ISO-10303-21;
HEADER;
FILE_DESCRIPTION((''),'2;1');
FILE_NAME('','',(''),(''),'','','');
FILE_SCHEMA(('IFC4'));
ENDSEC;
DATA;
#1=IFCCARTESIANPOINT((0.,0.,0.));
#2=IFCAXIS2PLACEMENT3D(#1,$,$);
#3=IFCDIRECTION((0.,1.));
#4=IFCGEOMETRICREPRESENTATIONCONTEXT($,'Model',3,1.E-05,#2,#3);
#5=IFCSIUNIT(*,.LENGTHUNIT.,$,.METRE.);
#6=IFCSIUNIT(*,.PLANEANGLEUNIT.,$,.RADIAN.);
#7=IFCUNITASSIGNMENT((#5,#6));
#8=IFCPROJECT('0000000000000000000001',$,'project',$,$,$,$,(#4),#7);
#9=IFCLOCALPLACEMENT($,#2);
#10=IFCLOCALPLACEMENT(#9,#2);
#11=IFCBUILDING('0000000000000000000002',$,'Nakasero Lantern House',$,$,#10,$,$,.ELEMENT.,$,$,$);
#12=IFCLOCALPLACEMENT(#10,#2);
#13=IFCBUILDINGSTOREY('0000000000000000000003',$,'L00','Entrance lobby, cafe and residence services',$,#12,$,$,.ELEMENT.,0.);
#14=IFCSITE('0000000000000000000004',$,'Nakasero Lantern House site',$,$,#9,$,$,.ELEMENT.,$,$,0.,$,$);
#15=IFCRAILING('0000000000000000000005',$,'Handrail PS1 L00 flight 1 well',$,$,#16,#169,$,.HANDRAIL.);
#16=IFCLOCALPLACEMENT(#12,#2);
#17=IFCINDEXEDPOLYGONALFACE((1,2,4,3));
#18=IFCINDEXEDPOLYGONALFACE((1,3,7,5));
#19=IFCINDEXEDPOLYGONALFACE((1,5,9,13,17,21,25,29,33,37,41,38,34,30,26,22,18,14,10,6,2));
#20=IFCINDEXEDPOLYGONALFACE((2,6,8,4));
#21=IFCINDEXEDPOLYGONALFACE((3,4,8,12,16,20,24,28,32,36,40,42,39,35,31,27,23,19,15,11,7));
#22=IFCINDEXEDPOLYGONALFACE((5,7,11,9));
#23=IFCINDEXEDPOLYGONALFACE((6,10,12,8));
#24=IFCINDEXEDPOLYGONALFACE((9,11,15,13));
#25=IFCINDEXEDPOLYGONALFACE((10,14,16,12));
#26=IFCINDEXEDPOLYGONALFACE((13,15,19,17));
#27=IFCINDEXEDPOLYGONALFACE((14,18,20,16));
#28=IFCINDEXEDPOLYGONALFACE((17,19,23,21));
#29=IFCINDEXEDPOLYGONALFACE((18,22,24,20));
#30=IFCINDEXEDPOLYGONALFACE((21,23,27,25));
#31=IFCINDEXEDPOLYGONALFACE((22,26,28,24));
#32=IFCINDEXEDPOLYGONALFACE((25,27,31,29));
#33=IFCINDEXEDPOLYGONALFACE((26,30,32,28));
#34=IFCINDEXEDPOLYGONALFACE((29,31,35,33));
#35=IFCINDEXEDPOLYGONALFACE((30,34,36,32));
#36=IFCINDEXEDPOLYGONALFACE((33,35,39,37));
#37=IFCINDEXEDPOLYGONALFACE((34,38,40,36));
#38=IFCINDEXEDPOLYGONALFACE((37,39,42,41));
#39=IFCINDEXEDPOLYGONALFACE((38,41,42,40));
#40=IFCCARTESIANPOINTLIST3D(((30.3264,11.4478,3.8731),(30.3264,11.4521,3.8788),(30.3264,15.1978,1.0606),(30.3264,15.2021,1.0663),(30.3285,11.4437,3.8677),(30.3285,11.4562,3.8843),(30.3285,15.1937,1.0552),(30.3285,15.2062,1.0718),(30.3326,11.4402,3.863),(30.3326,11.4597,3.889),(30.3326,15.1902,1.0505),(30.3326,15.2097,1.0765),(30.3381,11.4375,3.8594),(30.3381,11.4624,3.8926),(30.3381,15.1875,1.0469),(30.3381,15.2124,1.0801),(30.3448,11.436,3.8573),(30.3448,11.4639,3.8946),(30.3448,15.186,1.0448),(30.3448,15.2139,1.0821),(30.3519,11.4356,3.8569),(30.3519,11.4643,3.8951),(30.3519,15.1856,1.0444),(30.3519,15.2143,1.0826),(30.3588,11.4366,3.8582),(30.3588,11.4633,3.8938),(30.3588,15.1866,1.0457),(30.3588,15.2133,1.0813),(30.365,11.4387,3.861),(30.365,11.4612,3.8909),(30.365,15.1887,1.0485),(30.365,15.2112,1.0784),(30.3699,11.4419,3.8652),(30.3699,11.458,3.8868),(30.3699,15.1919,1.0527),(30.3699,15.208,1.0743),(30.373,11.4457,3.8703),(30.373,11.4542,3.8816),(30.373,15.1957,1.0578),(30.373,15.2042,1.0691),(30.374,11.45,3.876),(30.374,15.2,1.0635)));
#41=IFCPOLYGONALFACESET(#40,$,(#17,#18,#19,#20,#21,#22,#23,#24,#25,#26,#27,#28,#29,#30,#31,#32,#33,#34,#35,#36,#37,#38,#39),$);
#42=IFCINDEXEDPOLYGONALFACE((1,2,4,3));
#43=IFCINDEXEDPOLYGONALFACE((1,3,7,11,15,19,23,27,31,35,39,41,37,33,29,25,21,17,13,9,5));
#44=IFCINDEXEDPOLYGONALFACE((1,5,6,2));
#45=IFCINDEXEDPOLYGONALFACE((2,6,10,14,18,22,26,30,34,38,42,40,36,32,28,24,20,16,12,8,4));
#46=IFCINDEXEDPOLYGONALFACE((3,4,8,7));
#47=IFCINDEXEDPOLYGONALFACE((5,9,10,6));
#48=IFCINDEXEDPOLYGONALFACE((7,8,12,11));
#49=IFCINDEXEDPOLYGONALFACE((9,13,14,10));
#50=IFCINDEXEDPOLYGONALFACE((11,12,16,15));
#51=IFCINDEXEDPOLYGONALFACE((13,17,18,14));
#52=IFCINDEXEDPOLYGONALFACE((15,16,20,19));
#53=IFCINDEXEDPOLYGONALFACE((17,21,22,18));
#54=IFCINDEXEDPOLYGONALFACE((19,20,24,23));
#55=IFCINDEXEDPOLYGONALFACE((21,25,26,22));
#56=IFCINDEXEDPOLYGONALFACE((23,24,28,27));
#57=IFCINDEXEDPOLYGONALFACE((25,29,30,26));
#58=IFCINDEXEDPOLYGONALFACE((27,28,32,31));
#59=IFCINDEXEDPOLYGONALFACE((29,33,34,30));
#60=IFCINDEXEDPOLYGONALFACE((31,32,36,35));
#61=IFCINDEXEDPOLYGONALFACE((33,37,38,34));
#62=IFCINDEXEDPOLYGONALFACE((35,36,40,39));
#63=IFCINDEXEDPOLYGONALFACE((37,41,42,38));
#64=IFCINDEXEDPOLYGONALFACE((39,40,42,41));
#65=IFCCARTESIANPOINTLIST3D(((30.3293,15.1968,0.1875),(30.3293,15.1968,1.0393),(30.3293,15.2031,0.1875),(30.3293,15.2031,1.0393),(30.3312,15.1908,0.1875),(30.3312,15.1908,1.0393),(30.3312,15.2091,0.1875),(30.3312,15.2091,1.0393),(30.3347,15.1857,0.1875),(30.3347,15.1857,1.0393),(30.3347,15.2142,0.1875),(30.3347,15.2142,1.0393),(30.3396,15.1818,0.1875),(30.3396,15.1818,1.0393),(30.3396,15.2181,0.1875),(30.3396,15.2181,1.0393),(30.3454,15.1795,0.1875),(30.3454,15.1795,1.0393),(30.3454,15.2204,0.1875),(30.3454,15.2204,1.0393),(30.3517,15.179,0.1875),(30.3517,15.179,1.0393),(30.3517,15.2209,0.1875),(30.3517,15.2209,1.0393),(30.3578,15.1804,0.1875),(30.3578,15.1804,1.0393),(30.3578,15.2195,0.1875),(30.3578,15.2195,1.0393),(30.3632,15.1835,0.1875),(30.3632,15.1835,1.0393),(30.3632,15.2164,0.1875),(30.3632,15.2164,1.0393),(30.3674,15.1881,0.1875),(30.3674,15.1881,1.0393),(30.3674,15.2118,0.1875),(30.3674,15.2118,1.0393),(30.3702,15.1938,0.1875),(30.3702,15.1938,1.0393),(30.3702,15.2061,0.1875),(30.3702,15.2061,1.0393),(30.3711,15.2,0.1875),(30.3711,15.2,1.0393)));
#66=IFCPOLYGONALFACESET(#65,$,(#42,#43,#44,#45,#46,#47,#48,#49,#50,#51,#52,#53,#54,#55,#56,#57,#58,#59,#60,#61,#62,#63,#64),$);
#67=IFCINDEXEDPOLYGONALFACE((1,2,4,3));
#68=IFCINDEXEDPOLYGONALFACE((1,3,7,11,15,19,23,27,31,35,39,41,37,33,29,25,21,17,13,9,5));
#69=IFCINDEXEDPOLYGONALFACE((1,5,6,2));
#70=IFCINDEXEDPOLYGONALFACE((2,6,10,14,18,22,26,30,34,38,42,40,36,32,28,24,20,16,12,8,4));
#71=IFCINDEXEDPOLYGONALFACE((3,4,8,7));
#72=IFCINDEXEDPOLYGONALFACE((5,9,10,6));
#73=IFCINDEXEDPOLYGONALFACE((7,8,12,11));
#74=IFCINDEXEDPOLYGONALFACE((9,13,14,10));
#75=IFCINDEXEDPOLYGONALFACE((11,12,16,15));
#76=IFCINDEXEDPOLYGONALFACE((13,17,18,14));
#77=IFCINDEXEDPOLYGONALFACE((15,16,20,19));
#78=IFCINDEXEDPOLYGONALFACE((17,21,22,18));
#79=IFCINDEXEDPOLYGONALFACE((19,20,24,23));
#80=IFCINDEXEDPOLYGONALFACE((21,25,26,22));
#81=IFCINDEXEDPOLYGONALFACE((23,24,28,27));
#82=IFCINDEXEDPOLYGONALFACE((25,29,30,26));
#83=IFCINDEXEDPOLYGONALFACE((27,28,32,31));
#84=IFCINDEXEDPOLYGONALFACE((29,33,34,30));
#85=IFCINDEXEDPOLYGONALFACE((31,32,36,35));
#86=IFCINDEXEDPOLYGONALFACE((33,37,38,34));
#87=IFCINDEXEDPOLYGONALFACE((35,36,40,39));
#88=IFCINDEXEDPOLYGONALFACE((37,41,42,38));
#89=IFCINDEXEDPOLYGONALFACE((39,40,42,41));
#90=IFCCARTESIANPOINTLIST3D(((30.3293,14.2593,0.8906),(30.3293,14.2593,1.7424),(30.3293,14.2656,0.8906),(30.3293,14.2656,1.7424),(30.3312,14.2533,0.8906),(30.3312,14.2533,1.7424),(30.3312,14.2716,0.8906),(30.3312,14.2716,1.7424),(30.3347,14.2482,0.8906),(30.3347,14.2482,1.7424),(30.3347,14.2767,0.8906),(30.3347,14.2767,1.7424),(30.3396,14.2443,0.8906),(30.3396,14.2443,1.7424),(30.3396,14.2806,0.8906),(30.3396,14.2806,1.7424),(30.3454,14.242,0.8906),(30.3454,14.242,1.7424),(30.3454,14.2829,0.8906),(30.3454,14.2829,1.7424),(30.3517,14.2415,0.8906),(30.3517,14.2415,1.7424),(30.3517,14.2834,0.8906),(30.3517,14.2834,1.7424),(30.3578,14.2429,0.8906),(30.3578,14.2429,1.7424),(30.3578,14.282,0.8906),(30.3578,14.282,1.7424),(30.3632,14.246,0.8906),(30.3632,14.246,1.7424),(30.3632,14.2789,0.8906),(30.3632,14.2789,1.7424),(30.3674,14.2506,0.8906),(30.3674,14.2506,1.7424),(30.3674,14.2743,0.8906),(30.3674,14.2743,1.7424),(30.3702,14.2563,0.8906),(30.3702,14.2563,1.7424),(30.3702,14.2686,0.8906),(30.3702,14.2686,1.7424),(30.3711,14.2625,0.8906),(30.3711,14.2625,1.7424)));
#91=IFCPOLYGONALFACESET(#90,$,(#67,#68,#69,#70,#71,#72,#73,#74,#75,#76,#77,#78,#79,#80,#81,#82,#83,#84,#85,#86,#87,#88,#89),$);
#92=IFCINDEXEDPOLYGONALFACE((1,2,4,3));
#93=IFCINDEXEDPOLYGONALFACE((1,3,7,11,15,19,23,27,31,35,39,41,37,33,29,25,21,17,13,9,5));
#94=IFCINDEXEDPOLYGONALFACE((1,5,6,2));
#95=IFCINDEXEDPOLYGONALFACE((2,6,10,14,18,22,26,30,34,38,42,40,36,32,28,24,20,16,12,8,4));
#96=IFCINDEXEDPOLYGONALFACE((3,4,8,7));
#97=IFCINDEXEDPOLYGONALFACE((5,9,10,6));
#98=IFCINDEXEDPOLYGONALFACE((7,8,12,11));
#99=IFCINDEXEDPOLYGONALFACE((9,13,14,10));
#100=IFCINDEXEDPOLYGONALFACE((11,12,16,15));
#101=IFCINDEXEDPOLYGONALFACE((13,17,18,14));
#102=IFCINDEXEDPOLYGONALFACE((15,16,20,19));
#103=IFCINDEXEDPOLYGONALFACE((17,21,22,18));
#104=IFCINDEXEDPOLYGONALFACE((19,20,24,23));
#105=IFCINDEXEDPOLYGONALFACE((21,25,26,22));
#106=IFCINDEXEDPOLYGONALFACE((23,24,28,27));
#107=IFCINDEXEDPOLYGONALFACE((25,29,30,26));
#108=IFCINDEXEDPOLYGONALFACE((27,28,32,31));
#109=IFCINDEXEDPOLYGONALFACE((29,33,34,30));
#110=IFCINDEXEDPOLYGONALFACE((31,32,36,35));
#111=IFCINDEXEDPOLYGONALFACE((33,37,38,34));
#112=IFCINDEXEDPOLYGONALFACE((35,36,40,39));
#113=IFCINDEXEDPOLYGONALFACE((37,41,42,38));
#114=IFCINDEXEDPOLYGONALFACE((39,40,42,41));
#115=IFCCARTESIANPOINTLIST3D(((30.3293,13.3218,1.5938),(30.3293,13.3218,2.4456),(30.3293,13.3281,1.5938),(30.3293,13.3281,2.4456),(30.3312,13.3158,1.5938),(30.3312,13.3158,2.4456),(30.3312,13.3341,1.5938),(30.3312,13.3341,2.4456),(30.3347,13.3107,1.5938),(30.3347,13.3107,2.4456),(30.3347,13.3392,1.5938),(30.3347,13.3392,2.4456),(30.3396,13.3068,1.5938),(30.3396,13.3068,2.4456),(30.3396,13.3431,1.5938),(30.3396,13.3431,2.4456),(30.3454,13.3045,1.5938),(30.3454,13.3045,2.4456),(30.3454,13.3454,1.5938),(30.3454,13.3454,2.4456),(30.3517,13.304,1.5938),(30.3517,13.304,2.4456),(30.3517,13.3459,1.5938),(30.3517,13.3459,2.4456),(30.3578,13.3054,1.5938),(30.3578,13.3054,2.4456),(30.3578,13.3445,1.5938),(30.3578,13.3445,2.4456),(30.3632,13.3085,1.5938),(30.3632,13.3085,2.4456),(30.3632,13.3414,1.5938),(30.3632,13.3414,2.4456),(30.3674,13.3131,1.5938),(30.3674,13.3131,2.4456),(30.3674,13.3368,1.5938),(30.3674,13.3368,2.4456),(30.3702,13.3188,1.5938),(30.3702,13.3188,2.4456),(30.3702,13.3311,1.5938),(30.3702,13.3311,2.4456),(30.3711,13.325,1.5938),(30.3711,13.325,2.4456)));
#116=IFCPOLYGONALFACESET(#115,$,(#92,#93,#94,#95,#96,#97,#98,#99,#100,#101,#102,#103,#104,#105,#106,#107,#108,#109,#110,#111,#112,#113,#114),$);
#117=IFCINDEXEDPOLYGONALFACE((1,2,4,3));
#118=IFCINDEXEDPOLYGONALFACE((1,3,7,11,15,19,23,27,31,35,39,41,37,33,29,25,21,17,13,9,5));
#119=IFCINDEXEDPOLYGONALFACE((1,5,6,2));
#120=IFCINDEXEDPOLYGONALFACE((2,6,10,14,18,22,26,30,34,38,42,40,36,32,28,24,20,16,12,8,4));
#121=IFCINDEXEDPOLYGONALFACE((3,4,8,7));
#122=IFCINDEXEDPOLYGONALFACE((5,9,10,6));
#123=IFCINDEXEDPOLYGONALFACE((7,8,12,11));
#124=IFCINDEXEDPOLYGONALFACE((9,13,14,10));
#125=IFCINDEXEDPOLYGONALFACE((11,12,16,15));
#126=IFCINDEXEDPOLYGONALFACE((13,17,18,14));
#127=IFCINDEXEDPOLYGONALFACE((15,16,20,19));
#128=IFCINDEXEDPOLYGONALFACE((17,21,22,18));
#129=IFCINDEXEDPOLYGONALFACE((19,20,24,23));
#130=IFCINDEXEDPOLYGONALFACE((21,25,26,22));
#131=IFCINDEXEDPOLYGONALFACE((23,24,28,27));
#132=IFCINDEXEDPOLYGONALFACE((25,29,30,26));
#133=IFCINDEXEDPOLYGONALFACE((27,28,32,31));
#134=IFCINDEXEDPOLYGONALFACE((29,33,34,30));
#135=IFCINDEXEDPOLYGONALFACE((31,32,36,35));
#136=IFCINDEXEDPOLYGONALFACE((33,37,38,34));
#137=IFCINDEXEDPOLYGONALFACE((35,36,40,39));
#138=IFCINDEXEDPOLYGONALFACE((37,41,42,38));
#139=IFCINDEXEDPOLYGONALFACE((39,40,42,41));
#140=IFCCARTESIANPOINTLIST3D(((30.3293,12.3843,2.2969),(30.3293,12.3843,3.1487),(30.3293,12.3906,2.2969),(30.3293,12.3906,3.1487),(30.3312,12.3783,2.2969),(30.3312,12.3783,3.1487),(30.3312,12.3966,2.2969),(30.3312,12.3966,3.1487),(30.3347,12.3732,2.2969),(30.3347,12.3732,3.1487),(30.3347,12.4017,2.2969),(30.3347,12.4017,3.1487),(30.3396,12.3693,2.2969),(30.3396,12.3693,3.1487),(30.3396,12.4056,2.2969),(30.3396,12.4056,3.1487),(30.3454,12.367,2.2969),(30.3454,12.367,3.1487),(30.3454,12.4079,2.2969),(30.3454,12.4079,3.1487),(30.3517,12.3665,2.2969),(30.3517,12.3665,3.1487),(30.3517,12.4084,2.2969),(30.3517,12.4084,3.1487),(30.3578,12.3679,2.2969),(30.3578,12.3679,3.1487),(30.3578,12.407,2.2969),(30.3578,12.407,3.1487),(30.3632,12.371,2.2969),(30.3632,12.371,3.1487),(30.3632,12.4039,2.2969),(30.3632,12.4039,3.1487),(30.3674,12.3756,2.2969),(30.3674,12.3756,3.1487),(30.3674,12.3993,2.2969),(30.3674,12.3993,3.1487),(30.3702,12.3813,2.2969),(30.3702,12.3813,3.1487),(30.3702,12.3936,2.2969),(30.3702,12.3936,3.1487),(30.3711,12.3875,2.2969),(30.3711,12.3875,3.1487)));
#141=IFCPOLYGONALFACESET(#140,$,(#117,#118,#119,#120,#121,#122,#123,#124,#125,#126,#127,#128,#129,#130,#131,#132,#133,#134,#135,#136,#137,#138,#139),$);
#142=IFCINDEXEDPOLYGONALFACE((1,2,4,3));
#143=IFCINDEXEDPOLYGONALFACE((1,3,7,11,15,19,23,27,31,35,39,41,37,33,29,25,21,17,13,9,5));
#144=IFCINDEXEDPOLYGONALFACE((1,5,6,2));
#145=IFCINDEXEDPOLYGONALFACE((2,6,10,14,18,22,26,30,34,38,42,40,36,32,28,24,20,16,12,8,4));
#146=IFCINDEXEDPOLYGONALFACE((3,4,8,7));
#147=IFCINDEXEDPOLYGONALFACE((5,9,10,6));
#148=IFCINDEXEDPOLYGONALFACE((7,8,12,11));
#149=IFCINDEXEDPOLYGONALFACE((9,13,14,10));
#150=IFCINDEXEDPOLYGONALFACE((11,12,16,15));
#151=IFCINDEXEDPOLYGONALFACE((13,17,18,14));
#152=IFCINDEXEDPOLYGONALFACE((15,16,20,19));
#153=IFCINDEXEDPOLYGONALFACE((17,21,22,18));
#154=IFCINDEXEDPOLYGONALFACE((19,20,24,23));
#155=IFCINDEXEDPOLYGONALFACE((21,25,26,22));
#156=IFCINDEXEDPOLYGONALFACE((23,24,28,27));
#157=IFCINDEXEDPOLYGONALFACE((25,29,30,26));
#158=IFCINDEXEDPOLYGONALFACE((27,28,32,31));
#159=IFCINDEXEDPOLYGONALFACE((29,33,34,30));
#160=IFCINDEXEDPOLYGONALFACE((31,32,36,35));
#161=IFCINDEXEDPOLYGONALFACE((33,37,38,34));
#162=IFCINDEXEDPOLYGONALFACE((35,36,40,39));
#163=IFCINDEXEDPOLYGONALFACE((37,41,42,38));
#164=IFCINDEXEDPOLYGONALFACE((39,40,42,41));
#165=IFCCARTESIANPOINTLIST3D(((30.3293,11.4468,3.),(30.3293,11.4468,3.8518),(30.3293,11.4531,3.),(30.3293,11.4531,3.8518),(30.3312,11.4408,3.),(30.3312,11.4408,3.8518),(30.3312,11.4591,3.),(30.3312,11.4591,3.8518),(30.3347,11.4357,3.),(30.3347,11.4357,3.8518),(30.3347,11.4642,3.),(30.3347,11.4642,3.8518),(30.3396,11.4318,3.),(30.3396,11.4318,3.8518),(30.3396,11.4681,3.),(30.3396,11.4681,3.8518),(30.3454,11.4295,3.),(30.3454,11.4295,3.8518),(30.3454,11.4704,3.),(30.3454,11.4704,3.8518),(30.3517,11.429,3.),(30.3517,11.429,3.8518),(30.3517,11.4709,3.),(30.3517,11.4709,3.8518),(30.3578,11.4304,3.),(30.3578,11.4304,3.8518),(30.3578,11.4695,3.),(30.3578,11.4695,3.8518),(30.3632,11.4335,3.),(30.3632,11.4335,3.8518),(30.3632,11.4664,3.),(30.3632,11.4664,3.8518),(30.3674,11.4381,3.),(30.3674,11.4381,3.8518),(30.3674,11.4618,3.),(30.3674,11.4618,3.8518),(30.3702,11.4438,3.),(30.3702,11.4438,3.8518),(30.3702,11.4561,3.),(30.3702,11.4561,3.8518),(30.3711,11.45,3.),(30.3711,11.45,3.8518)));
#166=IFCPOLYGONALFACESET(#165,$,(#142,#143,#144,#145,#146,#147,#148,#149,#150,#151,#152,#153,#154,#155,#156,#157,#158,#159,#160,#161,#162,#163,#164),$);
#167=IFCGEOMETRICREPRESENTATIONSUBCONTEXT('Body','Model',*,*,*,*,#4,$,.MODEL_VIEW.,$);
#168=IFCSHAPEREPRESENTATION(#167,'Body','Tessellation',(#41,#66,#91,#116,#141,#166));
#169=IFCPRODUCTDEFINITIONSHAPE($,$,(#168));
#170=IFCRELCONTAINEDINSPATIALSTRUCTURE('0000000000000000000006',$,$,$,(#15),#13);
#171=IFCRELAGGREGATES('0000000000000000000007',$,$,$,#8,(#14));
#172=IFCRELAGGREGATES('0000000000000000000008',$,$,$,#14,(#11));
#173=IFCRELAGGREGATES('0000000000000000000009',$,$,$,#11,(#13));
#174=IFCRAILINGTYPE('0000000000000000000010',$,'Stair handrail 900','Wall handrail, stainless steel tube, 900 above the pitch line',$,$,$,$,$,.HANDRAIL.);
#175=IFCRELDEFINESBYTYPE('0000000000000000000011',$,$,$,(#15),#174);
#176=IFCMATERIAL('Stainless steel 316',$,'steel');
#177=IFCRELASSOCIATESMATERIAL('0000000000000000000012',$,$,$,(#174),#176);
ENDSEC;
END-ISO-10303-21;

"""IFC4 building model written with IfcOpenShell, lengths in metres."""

from ifc_helpers import new_model, si_unit, direction, frame, origin, origin_2d, place, context, subcontext, project, spatial, circle, extrude, material, type_object, element, save


model = new_model("IFC4")

# Units and contexts
model_context = context("Model", 3, precision=1e-05, world=origin(), true_north=direction((0.0, 1.0)))
body_context = subcontext(model_context, "Body", "Model", "MODEL_VIEW")
ifc_project = project(units=[si_unit("LENGTHUNIT", "METRE"), si_unit("PLANEANGLEUNIT", "RADIAN")], contexts=[model_context])

# Site, building, storey
site_placement = place(None, origin())
site = spatial("IfcSite", under=ifc_project, at=site_placement, Name="Nakasero Lantern House site", CompositionType="ELEMENT", RefElevation=0.0)
building_placement = place(site_placement, origin())
building = spatial("IfcBuilding", under=site, at=building_placement, Name="Nakasero Lantern House", CompositionType="ELEMENT")
storey_placement = place(building_placement, origin())
storey = spatial("IfcBuildingStorey", under=building, at=storey_placement, Name="L00", Description="Entrance lobby, cafe and residence services", CompositionType="ELEMENT", Elevation=0.0)

# Railing
ifc_material_1 = material(Name="Stainless steel 316", Category="steel")
railing_type = type_object("IfcRailingType", Name="Stair handrail 900", Description="Wall handrail, stainless steel tube, 900 above the pitch line", PredefinedType="HANDRAIL", material=ifc_material_1)
for number, where, name in (
    (1, (30.3501, 15.2, 0.1875), "Handrail PS1 L00 flight 1 well"),
):
    element("IfcRailing", number, at=place(storey_placement, frame(where)), inside=storey, type_object=railing_type, Name=name, PredefinedType="HANDRAIL", context=body_context, shape_type="SweptSolid", body=[
        extrude(circle(Radius=0.0239, at=origin_2d()), frame((0.0, 0.0, 0.876), z_axis=(0.0, -0.8, 0.6), x_axis=(1.0, 0.0, 0.0)), (0.0, 0.0, 1.0), 4.6875),
        extrude(circle(Radius=0.021, at=origin_2d()), origin(), (0.0, 0.0, 1.0), 0.8518),
        extrude(circle(Radius=0.021, at=origin_2d()), frame((0.0, -0.9375, 0.7031)), (0.0, 0.0, 1.0), 0.8518),
        extrude(circle(Radius=0.021, at=origin_2d()), frame((0.0, -1.875, 1.4062)), (0.0, 0.0, 1.0), 0.8518),
        extrude(circle(Radius=0.021, at=origin_2d()), frame((0.0, -2.8125, 2.1094)), (0.0, 0.0, 1.0), 0.8518),
        extrude(circle(Radius=0.021, at=origin_2d()), frame((0.0, -3.75, 2.8125)), (0.0, 0.0, 1.0), 0.8518),
    ])

save(model, "model.ifc")
